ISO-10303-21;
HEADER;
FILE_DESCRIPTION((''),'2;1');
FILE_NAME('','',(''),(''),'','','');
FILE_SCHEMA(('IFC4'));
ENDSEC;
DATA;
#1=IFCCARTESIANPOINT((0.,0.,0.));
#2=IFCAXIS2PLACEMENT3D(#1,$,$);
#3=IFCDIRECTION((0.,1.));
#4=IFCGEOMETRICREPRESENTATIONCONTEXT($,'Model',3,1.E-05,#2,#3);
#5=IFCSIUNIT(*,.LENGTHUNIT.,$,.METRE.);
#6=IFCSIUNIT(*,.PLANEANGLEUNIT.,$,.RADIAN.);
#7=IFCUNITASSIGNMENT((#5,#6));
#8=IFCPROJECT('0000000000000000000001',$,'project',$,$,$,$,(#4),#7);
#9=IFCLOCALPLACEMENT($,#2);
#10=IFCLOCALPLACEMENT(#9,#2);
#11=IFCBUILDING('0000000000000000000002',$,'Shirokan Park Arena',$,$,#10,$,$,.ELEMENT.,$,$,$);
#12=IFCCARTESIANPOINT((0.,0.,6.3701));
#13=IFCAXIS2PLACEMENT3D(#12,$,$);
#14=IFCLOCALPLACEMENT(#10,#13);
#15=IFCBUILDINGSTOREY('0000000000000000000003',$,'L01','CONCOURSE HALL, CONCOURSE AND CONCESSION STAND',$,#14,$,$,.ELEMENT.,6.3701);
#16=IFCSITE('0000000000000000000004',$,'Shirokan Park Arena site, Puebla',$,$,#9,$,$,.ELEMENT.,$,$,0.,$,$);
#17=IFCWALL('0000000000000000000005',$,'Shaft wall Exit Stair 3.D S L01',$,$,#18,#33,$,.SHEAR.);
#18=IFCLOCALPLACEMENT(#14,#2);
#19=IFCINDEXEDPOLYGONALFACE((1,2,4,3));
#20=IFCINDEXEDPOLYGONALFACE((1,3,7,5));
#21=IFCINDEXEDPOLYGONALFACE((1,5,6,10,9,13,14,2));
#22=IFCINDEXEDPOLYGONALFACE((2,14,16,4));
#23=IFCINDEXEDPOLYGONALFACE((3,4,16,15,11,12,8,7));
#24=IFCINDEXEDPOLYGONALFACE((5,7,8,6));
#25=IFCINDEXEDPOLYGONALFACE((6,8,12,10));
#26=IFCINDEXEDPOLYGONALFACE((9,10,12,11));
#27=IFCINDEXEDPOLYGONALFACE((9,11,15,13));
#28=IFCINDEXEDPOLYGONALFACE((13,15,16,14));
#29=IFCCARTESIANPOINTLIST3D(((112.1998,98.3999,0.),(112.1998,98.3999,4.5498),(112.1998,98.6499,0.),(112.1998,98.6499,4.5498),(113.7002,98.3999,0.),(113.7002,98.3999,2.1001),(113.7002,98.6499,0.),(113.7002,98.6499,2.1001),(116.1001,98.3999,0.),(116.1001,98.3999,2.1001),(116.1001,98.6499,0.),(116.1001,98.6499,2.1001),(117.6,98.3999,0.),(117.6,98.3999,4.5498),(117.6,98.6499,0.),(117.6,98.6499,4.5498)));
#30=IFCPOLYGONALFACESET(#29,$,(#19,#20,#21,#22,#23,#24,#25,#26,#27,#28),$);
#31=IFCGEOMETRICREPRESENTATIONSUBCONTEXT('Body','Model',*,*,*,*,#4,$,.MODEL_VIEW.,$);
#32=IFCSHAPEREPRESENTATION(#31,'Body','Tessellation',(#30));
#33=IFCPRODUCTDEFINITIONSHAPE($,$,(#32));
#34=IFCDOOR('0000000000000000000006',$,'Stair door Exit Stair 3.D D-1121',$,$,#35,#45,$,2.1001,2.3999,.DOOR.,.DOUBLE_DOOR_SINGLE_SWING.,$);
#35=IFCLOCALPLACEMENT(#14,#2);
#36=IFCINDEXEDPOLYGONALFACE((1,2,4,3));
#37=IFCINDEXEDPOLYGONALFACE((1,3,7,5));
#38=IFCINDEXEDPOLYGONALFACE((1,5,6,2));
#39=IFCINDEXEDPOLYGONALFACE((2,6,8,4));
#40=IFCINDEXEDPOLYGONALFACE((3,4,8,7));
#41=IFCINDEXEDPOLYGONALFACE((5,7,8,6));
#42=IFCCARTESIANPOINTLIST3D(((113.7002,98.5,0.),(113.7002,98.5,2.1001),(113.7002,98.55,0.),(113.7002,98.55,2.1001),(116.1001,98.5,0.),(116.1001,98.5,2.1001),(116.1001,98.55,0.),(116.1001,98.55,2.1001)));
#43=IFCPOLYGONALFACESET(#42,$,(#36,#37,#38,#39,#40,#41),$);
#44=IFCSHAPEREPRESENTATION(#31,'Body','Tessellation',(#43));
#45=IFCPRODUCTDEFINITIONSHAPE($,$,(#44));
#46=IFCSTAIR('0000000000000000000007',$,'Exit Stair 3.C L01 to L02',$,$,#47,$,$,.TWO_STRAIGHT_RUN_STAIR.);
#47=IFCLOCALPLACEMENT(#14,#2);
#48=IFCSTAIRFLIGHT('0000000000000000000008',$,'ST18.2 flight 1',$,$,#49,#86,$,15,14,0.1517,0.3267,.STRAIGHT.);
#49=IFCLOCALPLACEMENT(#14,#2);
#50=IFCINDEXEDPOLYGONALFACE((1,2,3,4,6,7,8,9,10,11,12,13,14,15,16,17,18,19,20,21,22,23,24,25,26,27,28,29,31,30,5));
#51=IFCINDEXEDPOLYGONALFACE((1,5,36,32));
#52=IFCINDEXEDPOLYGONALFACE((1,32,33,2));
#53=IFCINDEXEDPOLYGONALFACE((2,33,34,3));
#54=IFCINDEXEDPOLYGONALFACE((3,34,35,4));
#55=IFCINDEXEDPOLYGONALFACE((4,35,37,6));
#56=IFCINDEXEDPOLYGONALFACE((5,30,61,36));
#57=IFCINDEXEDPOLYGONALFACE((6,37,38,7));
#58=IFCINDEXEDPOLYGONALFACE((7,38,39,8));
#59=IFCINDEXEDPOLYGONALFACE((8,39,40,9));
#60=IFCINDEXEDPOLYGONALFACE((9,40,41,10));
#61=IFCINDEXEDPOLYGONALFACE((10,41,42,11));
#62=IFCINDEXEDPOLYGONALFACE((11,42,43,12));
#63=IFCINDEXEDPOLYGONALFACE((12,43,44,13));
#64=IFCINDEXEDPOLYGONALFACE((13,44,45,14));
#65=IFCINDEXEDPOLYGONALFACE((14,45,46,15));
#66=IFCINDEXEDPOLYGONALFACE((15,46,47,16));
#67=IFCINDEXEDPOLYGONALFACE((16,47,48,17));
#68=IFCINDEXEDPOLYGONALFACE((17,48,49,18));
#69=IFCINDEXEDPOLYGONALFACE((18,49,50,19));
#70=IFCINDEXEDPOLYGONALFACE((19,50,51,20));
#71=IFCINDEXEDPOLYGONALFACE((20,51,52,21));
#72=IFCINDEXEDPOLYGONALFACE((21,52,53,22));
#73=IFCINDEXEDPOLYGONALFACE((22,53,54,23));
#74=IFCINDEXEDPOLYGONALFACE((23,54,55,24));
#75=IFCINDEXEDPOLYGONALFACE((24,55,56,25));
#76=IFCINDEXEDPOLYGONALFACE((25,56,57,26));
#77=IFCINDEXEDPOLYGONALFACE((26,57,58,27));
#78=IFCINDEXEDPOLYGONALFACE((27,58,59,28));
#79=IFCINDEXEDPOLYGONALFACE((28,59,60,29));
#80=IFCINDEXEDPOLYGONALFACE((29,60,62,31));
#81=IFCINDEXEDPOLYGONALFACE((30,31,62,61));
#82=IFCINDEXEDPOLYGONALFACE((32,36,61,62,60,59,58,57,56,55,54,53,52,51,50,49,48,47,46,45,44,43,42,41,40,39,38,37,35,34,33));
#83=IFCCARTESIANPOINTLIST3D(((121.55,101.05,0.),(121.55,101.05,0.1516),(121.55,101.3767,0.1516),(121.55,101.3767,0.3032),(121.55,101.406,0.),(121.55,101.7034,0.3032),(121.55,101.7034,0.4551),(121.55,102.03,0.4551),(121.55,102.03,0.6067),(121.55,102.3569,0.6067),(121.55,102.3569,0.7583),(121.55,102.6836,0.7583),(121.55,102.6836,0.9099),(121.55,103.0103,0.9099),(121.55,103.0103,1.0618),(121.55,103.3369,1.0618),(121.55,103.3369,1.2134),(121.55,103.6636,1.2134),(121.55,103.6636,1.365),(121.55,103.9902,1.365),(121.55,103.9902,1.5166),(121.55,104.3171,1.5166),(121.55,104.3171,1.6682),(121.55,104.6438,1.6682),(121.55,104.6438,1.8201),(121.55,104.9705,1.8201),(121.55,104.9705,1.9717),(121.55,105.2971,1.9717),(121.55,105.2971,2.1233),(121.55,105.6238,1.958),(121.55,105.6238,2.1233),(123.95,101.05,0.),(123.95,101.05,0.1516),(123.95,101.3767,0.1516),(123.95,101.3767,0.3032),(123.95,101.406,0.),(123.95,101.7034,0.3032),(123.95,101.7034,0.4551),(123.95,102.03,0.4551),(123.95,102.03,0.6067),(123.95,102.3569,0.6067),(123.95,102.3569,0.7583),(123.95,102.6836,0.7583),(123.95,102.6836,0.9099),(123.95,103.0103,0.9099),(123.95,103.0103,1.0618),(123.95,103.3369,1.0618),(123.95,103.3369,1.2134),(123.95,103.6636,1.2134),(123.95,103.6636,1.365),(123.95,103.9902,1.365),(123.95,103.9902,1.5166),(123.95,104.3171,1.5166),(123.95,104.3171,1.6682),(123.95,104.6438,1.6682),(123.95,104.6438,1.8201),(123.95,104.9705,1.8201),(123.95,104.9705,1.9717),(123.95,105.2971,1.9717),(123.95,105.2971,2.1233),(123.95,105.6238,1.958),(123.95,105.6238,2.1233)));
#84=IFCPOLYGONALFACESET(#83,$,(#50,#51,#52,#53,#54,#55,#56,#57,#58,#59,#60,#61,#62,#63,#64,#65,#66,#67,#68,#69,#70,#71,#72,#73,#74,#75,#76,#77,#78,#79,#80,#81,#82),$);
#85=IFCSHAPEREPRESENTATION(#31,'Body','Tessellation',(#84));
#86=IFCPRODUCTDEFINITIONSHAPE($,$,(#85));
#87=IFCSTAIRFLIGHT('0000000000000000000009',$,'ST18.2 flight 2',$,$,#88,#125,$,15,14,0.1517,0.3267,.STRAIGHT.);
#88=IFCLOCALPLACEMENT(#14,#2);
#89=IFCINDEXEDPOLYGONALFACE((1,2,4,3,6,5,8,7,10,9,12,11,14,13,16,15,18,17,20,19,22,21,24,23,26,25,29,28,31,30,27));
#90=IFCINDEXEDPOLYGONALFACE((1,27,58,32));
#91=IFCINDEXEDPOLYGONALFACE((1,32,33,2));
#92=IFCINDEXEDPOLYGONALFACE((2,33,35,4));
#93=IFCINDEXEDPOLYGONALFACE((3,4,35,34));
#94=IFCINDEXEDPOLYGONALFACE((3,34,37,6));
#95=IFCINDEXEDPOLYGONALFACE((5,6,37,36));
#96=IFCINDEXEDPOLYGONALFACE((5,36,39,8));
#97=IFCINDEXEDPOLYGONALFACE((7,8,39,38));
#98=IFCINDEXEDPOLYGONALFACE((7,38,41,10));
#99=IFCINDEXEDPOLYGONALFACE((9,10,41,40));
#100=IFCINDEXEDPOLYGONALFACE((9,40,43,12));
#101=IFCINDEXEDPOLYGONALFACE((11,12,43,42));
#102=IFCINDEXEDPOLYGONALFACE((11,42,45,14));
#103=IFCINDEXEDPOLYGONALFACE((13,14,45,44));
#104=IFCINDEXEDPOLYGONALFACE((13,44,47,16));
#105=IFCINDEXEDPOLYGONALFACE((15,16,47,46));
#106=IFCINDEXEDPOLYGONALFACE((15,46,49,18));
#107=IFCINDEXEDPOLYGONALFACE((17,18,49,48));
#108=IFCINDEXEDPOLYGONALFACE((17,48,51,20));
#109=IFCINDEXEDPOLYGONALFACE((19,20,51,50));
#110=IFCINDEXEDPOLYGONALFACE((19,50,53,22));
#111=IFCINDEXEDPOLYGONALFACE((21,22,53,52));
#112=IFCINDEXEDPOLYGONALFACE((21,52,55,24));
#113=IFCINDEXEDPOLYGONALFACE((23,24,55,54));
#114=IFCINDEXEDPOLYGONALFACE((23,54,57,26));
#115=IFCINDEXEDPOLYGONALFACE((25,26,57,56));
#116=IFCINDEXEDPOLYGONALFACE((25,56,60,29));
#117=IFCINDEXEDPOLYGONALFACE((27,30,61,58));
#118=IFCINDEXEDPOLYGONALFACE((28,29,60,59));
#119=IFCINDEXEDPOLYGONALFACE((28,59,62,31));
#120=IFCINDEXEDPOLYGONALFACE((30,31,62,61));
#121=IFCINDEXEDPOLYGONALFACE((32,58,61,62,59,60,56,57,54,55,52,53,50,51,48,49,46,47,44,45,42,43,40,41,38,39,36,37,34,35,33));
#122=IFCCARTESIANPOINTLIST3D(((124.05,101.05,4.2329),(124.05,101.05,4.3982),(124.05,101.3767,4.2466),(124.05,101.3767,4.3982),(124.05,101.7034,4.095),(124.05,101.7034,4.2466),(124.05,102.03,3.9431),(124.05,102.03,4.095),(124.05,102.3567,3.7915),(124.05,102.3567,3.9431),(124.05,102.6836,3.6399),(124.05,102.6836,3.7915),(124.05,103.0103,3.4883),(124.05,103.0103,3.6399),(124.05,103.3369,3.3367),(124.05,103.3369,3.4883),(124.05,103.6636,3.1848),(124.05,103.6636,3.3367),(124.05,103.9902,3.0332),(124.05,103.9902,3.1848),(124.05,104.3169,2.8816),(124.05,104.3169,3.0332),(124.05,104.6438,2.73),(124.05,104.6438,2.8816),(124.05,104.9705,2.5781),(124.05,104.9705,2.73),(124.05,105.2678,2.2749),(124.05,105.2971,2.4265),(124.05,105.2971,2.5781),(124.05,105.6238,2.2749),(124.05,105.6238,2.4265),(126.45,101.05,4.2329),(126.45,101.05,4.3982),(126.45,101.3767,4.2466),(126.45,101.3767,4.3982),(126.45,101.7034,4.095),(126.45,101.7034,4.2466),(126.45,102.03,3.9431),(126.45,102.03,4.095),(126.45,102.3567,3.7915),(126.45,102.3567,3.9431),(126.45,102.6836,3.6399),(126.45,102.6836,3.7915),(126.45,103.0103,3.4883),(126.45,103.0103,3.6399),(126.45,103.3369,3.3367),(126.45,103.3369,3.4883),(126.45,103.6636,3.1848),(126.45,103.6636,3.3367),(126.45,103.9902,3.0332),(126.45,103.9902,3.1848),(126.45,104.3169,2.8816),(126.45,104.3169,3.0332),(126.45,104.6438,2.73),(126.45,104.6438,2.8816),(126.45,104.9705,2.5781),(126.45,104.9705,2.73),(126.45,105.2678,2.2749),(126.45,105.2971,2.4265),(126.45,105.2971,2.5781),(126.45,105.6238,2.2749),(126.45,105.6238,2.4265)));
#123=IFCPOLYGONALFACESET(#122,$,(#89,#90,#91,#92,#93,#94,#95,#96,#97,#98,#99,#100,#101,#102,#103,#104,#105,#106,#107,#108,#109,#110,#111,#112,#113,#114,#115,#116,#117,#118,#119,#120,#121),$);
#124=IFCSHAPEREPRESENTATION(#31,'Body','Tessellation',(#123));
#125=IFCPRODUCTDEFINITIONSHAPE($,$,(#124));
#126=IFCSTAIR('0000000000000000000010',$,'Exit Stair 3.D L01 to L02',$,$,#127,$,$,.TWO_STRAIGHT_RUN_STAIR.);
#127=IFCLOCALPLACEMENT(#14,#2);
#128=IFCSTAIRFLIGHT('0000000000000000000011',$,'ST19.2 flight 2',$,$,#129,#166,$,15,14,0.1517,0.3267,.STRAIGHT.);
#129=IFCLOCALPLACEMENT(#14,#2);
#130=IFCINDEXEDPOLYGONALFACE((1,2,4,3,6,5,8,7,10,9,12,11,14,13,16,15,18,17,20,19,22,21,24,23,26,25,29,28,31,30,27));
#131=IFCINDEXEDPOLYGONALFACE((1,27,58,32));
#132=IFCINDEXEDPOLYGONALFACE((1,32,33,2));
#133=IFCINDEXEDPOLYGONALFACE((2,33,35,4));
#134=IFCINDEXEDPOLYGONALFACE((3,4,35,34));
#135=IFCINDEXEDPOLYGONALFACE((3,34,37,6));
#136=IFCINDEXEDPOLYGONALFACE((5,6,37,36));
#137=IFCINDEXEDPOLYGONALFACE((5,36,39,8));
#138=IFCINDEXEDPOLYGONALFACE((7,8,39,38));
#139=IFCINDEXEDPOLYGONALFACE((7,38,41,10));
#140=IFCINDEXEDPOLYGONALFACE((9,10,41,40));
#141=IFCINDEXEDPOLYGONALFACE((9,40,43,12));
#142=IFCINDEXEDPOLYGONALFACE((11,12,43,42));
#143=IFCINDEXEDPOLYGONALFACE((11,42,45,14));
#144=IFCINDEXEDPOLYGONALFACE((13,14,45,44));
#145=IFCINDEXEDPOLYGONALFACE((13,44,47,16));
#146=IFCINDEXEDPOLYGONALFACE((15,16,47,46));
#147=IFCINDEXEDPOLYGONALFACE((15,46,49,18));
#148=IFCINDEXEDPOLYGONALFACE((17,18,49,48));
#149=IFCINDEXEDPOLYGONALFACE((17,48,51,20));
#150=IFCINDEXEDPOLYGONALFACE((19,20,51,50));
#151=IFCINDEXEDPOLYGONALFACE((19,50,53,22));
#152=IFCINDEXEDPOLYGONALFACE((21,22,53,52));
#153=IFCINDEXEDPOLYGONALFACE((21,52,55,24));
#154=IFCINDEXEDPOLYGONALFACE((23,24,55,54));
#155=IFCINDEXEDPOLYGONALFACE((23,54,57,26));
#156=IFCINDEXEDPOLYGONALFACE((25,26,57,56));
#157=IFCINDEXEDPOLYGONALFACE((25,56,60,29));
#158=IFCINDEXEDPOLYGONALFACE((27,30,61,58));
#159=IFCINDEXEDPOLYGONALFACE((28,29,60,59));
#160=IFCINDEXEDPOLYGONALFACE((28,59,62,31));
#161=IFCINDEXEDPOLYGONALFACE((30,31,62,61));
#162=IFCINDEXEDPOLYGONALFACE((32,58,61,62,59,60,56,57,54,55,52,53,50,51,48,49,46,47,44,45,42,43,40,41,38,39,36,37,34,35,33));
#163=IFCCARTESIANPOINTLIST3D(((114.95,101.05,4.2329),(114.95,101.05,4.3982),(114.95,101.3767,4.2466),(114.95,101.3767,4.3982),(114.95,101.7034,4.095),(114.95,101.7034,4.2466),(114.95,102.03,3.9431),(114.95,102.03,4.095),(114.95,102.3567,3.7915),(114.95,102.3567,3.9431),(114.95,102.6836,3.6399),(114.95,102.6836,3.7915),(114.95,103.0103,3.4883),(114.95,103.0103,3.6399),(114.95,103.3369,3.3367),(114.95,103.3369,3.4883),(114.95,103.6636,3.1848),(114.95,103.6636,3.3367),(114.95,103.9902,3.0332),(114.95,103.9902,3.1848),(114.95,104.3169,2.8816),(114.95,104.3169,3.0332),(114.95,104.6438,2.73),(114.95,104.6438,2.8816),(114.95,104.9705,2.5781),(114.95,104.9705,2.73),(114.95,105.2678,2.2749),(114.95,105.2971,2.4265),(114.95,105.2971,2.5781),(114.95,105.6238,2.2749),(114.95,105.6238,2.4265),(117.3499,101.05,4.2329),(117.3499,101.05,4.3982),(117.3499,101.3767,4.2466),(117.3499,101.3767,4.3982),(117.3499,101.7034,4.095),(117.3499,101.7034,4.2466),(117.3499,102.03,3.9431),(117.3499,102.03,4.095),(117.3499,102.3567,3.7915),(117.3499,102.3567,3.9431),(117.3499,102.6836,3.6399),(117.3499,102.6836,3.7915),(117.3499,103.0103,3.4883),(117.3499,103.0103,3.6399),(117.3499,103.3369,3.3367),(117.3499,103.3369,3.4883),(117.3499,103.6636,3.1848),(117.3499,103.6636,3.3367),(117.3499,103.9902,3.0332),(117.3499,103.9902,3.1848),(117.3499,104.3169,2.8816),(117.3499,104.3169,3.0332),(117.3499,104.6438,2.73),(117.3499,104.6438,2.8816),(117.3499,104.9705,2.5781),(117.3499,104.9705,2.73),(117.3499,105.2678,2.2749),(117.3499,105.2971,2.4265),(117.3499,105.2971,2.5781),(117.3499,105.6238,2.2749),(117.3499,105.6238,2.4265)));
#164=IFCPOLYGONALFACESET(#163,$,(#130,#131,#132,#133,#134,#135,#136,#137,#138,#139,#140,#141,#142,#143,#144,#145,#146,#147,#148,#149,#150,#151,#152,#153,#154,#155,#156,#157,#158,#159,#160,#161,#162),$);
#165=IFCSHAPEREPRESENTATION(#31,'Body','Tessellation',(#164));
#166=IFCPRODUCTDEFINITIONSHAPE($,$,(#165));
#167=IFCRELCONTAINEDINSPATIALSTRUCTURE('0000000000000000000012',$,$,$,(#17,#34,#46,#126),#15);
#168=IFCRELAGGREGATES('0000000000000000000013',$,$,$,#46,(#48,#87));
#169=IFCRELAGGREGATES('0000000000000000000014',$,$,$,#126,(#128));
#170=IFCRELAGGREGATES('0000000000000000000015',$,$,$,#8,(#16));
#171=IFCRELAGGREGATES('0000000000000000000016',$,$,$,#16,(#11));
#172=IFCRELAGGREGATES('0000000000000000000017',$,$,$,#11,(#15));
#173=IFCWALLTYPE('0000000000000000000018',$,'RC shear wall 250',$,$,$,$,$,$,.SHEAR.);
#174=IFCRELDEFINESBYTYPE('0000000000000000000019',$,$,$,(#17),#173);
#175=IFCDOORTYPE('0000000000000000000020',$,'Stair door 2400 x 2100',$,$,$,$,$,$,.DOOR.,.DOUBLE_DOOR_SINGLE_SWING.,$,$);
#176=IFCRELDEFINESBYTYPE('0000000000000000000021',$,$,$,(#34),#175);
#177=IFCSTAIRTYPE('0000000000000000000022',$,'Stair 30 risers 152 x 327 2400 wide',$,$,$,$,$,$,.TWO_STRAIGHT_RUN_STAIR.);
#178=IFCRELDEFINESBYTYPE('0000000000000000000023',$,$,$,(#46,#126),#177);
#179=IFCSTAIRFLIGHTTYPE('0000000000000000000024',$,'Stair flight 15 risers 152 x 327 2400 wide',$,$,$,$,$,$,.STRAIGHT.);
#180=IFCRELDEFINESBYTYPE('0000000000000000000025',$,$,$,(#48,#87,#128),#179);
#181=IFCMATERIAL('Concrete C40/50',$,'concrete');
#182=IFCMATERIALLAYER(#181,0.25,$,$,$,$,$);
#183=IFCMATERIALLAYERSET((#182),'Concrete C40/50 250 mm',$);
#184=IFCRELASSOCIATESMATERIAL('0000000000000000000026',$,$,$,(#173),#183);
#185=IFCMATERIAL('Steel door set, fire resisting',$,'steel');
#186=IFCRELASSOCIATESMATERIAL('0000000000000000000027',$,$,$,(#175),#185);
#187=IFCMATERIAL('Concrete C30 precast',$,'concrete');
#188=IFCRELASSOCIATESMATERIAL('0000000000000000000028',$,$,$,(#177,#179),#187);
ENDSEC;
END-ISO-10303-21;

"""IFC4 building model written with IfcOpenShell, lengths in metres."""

from ifc_helpers import new_model, si_unit, direction, frame, frame_2d, origin, place, context, subcontext, project, spatial, polyline, rectangle, outline, extrude, material, layer, layer_set, type_object, element, fill, aggregate, save


model = new_model("IFC4")

# Units and contexts
model_context = context("Model", 3, precision=1e-05, world=origin(), true_north=direction((0.0, 1.0)))
body_context = subcontext(model_context, "Body", "Model", "MODEL_VIEW")
ifc_project = project(units=[si_unit("LENGTHUNIT", "METRE"), si_unit("PLANEANGLEUNIT", "RADIAN")], contexts=[model_context])

# Site, building, storey
site_placement = place(None, origin())
site = spatial("IfcSite", under=ifc_project, at=site_placement, Name="Shirokan Park Arena site, Puebla", CompositionType="ELEMENT", RefElevation=0.0)
building_placement = place(site_placement, origin())
building = spatial("IfcBuilding", under=site, at=building_placement, Name="Shirokan Park Arena", CompositionType="ELEMENT")
storey_placement = place(building_placement, frame((0.0, 0.0, 6.3701)))
storey = spatial("IfcBuildingStorey", under=building, at=storey_placement, Name="L01", Description="CONCOURSE HALL, CONCOURSE AND CONCESSION STAND", CompositionType="ELEMENT", Elevation=6.3701)

# Wall, opening, door
ifc_material_1 = material(Name="Concrete C40/50", Category="concrete")
ifc_layer_1 = layer(ifc_material_1, 0.25)
ifc_layer_set_1 = layer_set([ifc_layer_1], Name="Concrete C40/50 250 mm")
wall_type_1 = type_object("IfcWallType", Name="RC shear wall 250", PredefinedType="SHEAR", material=ifc_layer_set_1)
wall_1_placement = place(storey_placement, frame((117.6001, 98.5249, 0.0), z_axis=(0.0, 0.0, 1.0), x_axis=(-1.0, 0.0, 0.0)))
wall_1 = element("IfcWall", 1, at=wall_1_placement, inside=storey, type_object=wall_type_1, Name="Shaft wall Exit Stair 3.D S L01", PredefinedType="SHEAR", context=body_context, shape_type="SweptSolid", body=[
    extrude(rectangle(XDim=5.4001, YDim=0.25, at=frame_2d((2.7002, 0.0))), origin(), (0.0, 0.0, 1.0), 4.5498),
])
opening_1_placement = place(wall_1_placement, frame((1.5, 0.0, 0.0)))
opening_1 = element("IfcOpeningElement", 2, at=opening_1_placement, cuts=wall_1, PredefinedType="OPENING", context=body_context, shape_type="SweptSolid", body=[
    extrude(rectangle(XDim=2.3999, YDim=2.1001, at=frame_2d((1.2, 1.05))), frame((0.0, 0.135, 0.0), z_axis=(0.0, -1.0, 0.0), x_axis=(1.0, 0.0, 0.0)), (0.0, 0.0, 1.0), 0.27),
])
ifc_material_2 = material(Name="Steel door set, fire resisting", Category="steel")
door_type_1 = type_object("IfcDoorType", Name="Stair door 2400 x 2100", OperationType="DOUBLE_DOOR_SINGLE_SWING", PredefinedType="DOOR", material=ifc_material_2)
door_1_placement = place(opening_1_placement, origin())
door_1 = element("IfcDoor", 3, at=door_1_placement, inside=storey, type_object=door_type_1, Name="Stair door Exit Stair 3.D D-1121", OperationType="DOUBLE_DOOR_SINGLE_SWING", OverallHeight=2.1001, OverallWidth=2.3999, PredefinedType="DOOR", context=body_context, shape_type="SweptSolid", body=[
    extrude(rectangle(XDim=2.3999, YDim=2.1001, at=frame_2d((1.2, 1.05))), frame((0.0, 0.0249, 0.0), z_axis=(0.0, -1.0, 0.0), x_axis=(1.0, 0.0, 0.0)), (0.0, 0.0, 1.0), 0.05),
])
fill(opening_1, door_1)

# Stair, stair flights
ifc_material_3 = material(Name="Concrete C30 precast", Category="concrete")
stair_type = type_object("IfcStairType", Name="Stair 30 risers 152 x 327 2400 wide", PredefinedType="TWO_STRAIGHT_RUN_STAIR", material=ifc_material_3)
stair_1_placement = place(storey_placement, origin())
stair_1 = element("IfcStair", 4, at=stair_1_placement, inside=storey, type_object=stair_type, Name="Exit Stair 3.C L01 to L02", PredefinedType="TWO_STRAIGHT_RUN_STAIR")
stair_flight_type = type_object("IfcStairFlightType", Name="Stair flight 15 risers 152 x 327 2400 wide", PredefinedType="STRAIGHT", material=ifc_material_3)
stair_flight_1_placement = place(storey_placement, frame((122.75, 101.05, 0.0), z_axis=(0.0, 0.0, 1.0), x_axis=(0.0, 1.0, 0.0)))
stair_flight_1 = element("IfcStairFlight", 5, at=stair_flight_1_placement, type_object=stair_flight_type, Name="ST18.2 flight 1", NumberOfRisers=15, NumberOfTreads=14, PredefinedType="STRAIGHT", RiserHeight=0.1517, TreadLength=0.3267, context=body_context, shape_type="SweptSolid", body=[
    extrude(outline(polyline([(0.0, 0.0), (0.0, 0.1516), (0.3267, 0.1516), (0.3267, 0.3032), (0.6533, 0.3032), (0.6533, 0.4551), (0.98, 0.4551), (0.98, 0.6067), (1.3069, 0.6067), (1.3069, 0.7583), (1.6335, 0.7583), (1.6335, 0.9099), (1.9602, 0.9099), (1.9602, 1.0618), (2.2869, 1.0618), (2.2869, 1.2134), (2.6135, 1.2134), (2.6135, 1.365), (2.9402, 1.365), (2.9402, 1.5166), (3.2671, 1.5166), (3.2671, 1.6682), (3.5938, 1.6682), (3.5938, 1.8201), (3.9204, 1.8201), (3.9204, 1.9717), (4.2471, 1.9717), (4.2471, 2.1233), (4.5737, 2.1233), (4.5737, 2.2749), (4.5737, 1.958), (0.356, 0.0), (0.0, 0.0)])), frame((0.0, 1.2, 0.0), z_axis=(0.0, -1.0, 0.0), x_axis=(1.0, 0.0, 0.0)), (0.0, 0.0, 1.0), 2.3999),
])
stair_flight_2_placement = place(storey_placement, frame((125.25, 105.6238, 2.2749), z_axis=(0.0, 0.0, 1.0), x_axis=(0.0, -1.0, 0.0)))
stair_flight_2 = element("IfcStairFlight", 6, at=stair_flight_2_placement, type_object=stair_flight_type, Name="ST18.2 flight 2", NumberOfRisers=15, NumberOfTreads=14, PredefinedType="STRAIGHT", RiserHeight=0.1517, TreadLength=0.3267, context=body_context, shape_type="SweptSolid", body=[
    extrude(outline(polyline([(0.0, 0.0), (0.0, 0.1516), (0.3267, 0.1516), (0.3267, 0.3032), (0.6533, 0.3032), (0.6533, 0.4551), (0.98, 0.4551), (0.98, 0.6067), (1.3069, 0.6067), (1.3069, 0.7583), (1.6335, 0.7583), (1.6335, 0.9099), (1.9602, 0.9099), (1.9602, 1.0618), (2.2869, 1.0618), (2.2869, 1.2134), (2.6135, 1.2134), (2.6135, 1.365), (2.9402, 1.365), (2.9402, 1.5166), (3.2671, 1.5166), (3.2671, 1.6682), (3.5938, 1.6682), (3.5938, 1.8201), (3.9204, 1.8201), (3.9204, 1.9717), (4.2471, 1.9717), (4.2471, 2.1233), (4.5737, 2.1233), (4.5737, 2.2749), (4.5737, 1.958), (0.356, 0.0), (0.0, 0.0)])), frame((0.0, 1.2, 0.0), z_axis=(0.0, -1.0, 0.0), x_axis=(1.0, 0.0, 0.0)), (0.0, 0.0, 1.0), 2.3999),
])
aggregate(stair_1, [stair_flight_1, stair_flight_2])

# Stair, stair flight
stair_2_placement = place(storey_placement, origin())
stair_2 = element("IfcStair", 7, at=stair_2_placement, inside=storey, type_object=stair_type, Name="Exit Stair 3.D L01 to L02", PredefinedType="TWO_STRAIGHT_RUN_STAIR")
stair_flight_3_placement = place(storey_placement, frame((116.1499, 105.6238, 2.2749), z_axis=(0.0, 0.0, 1.0), x_axis=(0.0, -1.0, 0.0)))
stair_flight_3 = element("IfcStairFlight", 8, at=stair_flight_3_placement, type_object=stair_flight_type, Name="ST19.2 flight 2", NumberOfRisers=15, NumberOfTreads=14, PredefinedType="STRAIGHT", RiserHeight=0.1517, TreadLength=0.3267, context=body_context, shape_type="SweptSolid", body=[
    extrude(outline(polyline([(0.0, 0.0), (0.0, 0.1516), (0.3267, 0.1516), (0.3267, 0.3032), (0.6533, 0.3032), (0.6533, 0.4551), (0.98, 0.4551), (0.98, 0.6067), (1.3069, 0.6067), (1.3069, 0.7583), (1.6335, 0.7583), (1.6335, 0.9099), (1.9602, 0.9099), (1.9602, 1.0618), (2.2869, 1.0618), (2.2869, 1.2134), (2.6135, 1.2134), (2.6135, 1.365), (2.9402, 1.365), (2.9402, 1.5166), (3.2671, 1.5166), (3.2671, 1.6682), (3.5938, 1.6682), (3.5938, 1.8201), (3.9204, 1.8201), (3.9204, 1.9717), (4.2471, 1.9717), (4.2471, 2.1233), (4.5737, 2.1233), (4.5737, 2.2749), (4.5737, 1.958), (0.356, 0.0), (0.0, 0.0)])), frame((0.0, 1.2, 0.0), z_axis=(0.0, -1.0, 0.0), x_axis=(1.0, 0.0, 0.0)), (0.0, 0.0, 1.0), 2.3999),
])
aggregate(stair_2, [stair_flight_3])

save(model, "model.ifc")
